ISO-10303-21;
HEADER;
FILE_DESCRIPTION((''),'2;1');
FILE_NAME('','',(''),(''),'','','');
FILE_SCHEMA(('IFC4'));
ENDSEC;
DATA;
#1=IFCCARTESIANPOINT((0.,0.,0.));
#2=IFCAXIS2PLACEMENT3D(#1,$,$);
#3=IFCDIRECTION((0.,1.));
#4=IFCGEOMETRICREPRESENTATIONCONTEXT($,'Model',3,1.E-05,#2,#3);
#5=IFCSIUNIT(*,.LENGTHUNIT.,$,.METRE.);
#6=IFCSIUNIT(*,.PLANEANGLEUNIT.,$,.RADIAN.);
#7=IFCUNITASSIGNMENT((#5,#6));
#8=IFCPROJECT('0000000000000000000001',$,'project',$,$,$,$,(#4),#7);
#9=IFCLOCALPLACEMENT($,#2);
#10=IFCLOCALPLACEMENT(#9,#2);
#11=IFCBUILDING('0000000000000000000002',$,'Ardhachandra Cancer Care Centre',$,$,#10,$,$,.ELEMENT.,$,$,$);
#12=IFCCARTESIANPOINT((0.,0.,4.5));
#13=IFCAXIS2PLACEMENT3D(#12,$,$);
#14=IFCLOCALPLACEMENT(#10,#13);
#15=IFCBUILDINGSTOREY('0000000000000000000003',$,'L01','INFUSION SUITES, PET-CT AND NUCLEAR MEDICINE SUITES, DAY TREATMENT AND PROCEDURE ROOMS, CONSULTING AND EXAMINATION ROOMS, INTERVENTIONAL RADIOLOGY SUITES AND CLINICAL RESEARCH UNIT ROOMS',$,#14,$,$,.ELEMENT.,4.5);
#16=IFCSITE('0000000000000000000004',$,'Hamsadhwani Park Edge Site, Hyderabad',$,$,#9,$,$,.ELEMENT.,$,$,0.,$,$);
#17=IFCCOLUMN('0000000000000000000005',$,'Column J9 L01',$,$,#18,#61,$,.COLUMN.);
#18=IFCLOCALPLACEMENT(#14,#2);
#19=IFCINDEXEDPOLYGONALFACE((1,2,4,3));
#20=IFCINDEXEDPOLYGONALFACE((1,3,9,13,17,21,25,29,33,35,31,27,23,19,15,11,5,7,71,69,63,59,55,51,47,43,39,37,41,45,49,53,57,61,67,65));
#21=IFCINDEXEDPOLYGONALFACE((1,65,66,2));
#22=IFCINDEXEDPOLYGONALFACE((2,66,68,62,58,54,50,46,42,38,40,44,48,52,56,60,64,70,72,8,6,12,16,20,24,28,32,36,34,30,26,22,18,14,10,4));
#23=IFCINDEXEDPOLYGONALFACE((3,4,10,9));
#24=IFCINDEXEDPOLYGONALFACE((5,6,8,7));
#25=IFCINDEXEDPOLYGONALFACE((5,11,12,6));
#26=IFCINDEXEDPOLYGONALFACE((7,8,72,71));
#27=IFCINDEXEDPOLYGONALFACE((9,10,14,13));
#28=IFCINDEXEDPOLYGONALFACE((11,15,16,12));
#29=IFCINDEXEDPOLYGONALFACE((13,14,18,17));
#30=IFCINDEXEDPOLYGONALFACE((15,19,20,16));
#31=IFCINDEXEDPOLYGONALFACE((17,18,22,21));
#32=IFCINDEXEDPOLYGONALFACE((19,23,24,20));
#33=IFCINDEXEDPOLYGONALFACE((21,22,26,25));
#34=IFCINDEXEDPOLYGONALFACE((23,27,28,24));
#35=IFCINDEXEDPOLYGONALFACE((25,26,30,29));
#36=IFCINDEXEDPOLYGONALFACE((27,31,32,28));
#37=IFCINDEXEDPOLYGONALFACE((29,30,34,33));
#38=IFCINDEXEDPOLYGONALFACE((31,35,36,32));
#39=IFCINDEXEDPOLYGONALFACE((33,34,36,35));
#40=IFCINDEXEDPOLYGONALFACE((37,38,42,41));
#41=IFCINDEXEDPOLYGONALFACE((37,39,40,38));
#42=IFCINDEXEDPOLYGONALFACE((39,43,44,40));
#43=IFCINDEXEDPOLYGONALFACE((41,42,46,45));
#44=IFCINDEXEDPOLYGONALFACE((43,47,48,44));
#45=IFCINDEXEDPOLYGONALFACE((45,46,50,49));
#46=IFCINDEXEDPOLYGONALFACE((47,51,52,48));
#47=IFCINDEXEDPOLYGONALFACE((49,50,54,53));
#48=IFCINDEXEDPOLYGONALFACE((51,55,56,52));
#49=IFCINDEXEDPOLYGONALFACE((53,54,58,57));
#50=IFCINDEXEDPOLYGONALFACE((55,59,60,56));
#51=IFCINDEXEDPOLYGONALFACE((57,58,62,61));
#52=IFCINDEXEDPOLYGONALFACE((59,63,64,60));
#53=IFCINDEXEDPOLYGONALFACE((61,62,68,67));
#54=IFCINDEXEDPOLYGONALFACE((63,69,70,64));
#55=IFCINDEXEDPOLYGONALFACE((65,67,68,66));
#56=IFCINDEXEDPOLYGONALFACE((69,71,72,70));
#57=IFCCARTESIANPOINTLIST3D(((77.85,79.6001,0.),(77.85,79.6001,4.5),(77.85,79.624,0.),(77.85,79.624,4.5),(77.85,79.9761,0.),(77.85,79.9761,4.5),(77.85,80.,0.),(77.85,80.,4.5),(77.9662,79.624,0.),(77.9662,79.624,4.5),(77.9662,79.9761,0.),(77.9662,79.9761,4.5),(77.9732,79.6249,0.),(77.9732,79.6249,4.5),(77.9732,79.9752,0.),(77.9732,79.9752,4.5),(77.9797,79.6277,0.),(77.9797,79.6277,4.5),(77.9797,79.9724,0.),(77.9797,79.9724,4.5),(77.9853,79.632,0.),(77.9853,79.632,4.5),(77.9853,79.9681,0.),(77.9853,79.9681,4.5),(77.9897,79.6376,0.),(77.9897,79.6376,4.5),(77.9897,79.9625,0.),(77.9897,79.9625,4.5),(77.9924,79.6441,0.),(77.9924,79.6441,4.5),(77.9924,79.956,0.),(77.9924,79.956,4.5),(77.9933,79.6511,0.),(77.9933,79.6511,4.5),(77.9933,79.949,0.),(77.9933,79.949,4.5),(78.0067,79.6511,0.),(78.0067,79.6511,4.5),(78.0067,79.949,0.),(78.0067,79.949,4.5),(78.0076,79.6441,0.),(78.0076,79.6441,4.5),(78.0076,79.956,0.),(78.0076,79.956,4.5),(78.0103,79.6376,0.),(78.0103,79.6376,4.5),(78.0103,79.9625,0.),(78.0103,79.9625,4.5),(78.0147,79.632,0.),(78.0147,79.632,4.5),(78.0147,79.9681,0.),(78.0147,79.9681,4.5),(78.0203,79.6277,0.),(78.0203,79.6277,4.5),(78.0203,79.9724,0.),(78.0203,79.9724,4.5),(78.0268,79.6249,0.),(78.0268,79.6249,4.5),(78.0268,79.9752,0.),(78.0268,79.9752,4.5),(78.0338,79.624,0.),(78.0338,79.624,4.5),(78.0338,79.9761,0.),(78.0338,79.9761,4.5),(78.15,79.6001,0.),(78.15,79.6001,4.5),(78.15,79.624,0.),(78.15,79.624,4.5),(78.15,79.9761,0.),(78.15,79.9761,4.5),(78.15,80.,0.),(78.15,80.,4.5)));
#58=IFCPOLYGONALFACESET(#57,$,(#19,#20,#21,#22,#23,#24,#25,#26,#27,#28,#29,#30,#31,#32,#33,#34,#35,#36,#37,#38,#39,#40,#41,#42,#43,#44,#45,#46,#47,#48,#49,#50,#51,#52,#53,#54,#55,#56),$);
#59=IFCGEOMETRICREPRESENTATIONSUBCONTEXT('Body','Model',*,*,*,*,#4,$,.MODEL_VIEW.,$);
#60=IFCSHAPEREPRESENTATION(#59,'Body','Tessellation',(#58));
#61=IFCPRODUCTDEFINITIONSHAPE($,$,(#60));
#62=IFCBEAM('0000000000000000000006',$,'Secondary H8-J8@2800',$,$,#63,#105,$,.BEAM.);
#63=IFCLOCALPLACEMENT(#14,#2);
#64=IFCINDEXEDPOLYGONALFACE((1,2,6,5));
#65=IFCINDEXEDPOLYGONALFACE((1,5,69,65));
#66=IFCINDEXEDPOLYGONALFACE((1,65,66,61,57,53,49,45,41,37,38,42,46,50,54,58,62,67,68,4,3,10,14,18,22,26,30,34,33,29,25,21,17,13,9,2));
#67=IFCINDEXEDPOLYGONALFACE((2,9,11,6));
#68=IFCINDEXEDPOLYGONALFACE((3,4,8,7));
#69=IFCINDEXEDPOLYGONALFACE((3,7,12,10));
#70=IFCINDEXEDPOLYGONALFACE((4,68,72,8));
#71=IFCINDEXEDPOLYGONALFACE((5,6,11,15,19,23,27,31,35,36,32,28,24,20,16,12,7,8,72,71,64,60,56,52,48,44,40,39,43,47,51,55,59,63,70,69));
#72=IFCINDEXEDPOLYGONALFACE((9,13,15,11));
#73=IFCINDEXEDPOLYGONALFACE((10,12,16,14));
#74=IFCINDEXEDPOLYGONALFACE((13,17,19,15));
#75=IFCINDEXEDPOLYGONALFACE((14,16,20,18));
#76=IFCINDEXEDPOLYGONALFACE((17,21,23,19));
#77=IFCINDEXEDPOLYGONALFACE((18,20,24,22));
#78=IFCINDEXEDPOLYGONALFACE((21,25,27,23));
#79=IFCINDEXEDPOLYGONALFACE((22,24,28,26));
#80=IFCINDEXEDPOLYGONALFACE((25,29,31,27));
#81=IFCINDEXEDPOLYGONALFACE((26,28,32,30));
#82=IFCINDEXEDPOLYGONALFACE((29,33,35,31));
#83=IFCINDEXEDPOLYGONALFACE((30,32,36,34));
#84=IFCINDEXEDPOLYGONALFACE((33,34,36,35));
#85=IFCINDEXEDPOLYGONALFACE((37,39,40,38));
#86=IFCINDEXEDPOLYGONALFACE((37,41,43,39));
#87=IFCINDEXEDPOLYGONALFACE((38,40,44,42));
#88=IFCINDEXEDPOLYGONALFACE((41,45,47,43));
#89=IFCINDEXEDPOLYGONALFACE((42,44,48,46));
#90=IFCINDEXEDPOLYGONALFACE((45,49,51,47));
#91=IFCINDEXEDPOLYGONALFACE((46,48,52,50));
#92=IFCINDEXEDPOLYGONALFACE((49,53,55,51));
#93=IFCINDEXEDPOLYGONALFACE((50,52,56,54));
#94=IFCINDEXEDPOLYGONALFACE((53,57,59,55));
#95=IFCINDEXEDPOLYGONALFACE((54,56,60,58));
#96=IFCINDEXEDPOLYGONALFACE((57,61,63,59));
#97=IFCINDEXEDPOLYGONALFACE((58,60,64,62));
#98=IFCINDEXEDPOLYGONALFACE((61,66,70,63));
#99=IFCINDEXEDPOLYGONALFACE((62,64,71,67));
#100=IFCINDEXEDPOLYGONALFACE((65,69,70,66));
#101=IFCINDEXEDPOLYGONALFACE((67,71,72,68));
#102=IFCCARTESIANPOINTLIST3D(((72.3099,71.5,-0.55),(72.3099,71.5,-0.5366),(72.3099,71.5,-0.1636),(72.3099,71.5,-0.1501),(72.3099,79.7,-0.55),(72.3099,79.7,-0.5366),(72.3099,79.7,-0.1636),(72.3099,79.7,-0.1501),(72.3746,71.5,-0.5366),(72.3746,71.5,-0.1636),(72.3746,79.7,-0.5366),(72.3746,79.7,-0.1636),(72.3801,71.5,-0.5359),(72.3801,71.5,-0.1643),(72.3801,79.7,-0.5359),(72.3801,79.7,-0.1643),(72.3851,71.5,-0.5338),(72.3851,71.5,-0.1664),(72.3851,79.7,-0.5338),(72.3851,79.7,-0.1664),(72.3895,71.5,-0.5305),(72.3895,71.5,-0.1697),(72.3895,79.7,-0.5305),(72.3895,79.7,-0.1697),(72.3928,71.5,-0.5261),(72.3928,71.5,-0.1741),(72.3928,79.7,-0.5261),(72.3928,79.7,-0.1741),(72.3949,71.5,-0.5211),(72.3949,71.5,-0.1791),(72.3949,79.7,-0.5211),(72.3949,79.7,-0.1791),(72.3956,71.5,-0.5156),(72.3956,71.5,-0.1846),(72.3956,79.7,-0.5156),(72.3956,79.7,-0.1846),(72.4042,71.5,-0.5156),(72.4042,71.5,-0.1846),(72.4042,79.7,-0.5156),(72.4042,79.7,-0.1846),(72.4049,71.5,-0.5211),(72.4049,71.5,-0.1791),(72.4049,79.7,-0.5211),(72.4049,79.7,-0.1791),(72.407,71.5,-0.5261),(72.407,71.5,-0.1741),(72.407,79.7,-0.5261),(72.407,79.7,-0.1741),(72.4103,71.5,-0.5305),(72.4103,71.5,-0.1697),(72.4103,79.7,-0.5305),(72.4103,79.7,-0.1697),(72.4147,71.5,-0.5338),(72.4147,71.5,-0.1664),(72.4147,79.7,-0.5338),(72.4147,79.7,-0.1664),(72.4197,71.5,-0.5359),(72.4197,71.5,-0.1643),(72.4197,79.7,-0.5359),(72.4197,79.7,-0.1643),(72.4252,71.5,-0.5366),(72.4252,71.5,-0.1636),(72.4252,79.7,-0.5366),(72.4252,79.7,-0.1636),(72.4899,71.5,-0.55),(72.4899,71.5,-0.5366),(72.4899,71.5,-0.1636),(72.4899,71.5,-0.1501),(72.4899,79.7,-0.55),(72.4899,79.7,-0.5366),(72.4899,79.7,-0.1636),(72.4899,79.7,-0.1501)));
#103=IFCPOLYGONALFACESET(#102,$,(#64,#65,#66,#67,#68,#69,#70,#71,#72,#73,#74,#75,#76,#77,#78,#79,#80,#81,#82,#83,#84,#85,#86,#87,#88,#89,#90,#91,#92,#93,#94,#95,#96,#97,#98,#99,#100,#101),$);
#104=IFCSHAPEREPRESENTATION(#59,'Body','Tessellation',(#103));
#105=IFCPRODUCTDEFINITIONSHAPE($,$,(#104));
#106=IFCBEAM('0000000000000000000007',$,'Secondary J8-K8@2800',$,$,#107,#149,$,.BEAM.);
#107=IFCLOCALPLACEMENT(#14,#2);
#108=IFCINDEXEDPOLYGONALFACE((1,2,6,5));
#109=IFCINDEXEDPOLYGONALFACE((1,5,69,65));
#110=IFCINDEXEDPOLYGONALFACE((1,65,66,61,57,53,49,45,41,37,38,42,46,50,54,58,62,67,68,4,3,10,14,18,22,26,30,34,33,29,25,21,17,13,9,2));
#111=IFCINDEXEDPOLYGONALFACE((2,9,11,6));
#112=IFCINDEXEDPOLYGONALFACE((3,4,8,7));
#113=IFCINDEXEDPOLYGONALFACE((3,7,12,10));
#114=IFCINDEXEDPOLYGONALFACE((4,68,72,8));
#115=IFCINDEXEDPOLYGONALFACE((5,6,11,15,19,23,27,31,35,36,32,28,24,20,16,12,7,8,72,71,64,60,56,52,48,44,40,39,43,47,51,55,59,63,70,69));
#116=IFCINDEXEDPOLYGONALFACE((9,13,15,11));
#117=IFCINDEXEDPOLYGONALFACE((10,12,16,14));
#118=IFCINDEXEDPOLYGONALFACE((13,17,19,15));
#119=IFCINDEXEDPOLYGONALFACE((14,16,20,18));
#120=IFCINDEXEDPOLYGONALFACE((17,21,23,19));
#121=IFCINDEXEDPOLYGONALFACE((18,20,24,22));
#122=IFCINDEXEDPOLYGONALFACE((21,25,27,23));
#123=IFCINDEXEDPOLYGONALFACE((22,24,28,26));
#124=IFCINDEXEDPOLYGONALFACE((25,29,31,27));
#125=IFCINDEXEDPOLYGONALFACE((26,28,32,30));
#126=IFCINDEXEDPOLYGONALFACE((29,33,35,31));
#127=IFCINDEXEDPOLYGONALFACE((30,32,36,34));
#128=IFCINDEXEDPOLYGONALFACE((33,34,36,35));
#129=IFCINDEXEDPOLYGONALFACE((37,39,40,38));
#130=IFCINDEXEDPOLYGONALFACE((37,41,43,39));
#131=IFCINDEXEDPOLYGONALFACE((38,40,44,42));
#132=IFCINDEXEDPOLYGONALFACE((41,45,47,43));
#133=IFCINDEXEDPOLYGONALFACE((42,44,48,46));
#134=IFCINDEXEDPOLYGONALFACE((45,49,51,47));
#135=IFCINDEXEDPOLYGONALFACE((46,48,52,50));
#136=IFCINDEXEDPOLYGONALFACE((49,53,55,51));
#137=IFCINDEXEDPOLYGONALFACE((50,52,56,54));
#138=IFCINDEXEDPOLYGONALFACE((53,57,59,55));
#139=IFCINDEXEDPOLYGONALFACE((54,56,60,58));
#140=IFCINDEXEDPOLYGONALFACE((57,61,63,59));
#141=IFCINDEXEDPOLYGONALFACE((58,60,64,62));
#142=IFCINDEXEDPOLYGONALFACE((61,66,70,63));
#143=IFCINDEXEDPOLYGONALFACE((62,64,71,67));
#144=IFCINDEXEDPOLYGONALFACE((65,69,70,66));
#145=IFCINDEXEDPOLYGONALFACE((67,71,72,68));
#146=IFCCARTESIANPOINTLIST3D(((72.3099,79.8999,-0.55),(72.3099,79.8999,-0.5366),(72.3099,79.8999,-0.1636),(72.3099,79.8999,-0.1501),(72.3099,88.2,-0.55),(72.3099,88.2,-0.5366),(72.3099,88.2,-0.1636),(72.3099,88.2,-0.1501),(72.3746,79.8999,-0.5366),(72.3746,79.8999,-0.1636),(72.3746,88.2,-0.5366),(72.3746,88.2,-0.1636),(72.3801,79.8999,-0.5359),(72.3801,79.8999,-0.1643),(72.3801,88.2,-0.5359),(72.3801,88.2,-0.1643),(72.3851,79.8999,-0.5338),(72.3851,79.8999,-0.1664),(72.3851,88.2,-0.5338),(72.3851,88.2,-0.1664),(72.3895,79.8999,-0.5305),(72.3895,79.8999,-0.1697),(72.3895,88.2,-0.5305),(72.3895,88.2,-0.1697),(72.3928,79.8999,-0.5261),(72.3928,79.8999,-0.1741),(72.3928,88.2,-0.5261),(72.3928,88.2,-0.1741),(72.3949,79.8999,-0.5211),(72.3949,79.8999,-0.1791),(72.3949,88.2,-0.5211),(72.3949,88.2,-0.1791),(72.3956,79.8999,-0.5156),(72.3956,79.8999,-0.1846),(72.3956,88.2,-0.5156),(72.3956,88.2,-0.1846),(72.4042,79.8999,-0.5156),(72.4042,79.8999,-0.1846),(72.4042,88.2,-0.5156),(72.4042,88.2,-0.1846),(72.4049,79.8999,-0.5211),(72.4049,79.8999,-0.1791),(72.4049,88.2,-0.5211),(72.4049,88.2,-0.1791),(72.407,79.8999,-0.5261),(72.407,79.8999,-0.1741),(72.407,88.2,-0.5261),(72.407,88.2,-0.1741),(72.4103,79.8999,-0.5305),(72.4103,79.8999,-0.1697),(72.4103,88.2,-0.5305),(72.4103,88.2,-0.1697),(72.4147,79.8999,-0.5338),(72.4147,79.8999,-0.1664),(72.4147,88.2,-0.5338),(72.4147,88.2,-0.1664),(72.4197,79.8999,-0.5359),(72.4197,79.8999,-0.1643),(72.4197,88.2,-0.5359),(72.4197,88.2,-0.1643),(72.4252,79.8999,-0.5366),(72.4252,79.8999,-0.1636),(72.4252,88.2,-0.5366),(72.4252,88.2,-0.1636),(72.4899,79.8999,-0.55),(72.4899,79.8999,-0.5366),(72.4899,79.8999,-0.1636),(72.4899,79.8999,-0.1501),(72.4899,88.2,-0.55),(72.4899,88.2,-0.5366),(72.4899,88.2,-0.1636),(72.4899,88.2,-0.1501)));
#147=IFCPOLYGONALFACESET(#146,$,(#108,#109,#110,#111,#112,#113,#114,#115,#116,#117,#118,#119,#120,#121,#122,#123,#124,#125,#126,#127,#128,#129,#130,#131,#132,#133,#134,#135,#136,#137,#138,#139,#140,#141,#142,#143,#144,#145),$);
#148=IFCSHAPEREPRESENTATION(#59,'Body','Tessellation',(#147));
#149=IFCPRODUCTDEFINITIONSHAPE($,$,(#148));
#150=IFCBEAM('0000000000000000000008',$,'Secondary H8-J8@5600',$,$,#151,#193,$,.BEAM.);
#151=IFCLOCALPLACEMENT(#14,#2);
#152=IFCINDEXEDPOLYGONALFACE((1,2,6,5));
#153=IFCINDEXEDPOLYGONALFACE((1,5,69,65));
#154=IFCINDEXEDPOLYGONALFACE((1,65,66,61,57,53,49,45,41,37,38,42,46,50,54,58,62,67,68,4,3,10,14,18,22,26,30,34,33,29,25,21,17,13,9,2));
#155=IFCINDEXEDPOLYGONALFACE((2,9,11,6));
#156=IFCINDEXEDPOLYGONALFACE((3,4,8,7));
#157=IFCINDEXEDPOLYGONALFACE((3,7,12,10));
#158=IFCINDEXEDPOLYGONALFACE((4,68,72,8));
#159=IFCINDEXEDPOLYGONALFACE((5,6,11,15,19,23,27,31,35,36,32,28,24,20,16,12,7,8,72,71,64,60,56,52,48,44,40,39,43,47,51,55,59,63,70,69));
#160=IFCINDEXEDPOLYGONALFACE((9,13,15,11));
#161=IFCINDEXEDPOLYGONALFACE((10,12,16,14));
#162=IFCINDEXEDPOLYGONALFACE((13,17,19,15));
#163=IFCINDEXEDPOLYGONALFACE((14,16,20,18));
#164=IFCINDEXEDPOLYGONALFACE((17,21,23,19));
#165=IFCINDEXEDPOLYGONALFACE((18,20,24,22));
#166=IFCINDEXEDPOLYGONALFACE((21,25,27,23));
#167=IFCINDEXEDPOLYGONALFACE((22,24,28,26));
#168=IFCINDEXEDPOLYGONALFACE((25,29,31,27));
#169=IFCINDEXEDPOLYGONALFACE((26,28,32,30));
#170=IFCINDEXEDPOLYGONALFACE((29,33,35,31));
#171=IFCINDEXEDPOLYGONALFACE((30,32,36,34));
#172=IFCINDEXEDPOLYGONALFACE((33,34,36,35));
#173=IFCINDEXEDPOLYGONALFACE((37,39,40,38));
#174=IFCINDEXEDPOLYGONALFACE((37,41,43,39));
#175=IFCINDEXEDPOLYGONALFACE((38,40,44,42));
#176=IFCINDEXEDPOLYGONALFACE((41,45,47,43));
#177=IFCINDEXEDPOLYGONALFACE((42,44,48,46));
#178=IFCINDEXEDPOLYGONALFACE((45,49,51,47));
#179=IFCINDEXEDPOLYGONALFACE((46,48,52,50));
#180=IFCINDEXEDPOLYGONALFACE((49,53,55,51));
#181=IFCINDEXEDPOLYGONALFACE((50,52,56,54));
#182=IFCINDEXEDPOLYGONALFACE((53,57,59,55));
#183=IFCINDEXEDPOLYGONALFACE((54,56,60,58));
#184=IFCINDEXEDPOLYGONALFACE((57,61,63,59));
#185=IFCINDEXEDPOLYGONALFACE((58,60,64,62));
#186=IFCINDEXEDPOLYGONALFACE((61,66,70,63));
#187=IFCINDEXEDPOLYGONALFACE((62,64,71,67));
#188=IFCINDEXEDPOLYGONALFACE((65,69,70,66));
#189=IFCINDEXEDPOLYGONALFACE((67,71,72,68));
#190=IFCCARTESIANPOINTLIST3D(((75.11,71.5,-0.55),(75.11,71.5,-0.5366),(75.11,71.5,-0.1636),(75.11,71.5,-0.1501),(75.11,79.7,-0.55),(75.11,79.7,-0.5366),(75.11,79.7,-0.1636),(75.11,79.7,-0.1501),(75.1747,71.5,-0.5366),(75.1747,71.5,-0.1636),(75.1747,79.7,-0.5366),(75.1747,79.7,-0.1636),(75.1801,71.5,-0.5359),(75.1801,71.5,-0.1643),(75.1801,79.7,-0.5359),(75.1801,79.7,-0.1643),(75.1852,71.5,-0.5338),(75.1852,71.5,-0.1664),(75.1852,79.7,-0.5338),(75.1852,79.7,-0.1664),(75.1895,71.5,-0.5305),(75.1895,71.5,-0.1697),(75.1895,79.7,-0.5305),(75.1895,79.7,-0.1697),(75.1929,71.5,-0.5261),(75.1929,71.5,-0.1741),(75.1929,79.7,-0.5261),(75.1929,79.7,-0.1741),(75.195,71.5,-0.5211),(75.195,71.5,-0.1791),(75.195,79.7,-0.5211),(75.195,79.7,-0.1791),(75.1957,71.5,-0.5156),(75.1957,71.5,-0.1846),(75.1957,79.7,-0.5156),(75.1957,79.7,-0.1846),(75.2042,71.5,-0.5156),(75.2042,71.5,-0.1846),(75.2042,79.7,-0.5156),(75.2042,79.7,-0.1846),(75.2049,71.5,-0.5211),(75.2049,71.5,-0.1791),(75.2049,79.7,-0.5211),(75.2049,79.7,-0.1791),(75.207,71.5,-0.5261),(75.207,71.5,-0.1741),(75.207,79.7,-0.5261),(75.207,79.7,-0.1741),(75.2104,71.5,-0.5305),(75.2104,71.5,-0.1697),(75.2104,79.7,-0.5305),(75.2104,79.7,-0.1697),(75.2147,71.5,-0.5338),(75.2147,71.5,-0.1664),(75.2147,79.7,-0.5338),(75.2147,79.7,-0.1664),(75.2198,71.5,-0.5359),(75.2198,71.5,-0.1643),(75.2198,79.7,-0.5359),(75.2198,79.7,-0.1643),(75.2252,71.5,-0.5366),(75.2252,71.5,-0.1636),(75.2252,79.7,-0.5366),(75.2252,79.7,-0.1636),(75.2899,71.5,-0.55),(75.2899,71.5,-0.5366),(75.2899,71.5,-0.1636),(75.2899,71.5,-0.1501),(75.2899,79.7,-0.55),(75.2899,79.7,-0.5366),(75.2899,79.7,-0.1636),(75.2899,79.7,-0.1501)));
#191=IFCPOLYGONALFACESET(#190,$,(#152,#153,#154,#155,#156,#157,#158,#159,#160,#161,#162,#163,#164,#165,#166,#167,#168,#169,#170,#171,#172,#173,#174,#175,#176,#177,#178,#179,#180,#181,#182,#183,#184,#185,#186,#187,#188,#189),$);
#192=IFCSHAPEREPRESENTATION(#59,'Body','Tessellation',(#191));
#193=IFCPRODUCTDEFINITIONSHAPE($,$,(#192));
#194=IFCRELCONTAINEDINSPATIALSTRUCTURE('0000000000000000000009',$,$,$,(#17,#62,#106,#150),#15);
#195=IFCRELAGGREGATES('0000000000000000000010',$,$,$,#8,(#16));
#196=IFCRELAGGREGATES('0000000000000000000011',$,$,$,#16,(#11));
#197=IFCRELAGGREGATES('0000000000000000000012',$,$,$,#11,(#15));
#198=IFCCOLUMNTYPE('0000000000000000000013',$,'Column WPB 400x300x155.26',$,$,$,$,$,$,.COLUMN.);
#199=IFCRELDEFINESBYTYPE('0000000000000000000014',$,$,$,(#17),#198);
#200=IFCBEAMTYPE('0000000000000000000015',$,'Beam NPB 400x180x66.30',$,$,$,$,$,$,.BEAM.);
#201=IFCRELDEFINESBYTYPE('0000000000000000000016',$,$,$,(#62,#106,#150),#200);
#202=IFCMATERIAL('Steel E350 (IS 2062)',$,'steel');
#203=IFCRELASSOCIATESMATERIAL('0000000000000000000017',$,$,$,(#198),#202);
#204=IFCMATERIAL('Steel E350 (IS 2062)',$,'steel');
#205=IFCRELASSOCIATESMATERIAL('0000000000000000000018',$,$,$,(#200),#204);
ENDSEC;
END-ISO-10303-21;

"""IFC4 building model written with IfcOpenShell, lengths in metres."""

from ifc_helpers import new_model, si_unit, direction, frame, origin, origin_2d, place, context, subcontext, project, spatial, i_section, extrude, material, material_profile, profile_set, type_object, element, save


model = new_model("IFC4")

# Units and contexts
model_context = context("Model", 3, precision=1e-05, world=origin(), true_north=direction((0.0, 1.0)))
body_context = subcontext(model_context, "Body", "Model", "MODEL_VIEW")
ifc_project = project(units=[si_unit("LENGTHUNIT", "METRE"), si_unit("PLANEANGLEUNIT", "RADIAN")], contexts=[model_context])

# Site, building, storey
site_placement = place(None, origin())
site = spatial("IfcSite", under=ifc_project, at=site_placement, Name="Hamsadhwani Park Edge Site, Hyderabad", CompositionType="ELEMENT", RefElevation=0.0)
building_placement = place(site_placement, origin())
building = spatial("IfcBuilding", under=site, at=building_placement, Name="Ardhachandra Cancer Care Centre", CompositionType="ELEMENT")
storey_placement = place(building_placement, frame((0.0, 0.0, 4.5)))
storey = spatial("IfcBuildingStorey", under=building, at=storey_placement, Name="L01", Description="INFUSION SUITES, PET-CT AND NUCLEAR MEDICINE SUITES, DAY TREATMENT AND PROCEDURE ROOMS, CONSULTING AND EXAMINATION ROOMS, INTERVENTIONAL RADIOLOGY SUITES AND CLINICAL RESEARCH UNIT ROOMS", CompositionType="ELEMENT", Elevation=4.5)

# Column
ifc_material_1 = material(Name="Steel E350 (IS 2062)", Category="steel")
ifc_material_profile_1 = material_profile(ifc_material_1, i_section(OverallWidth=0.3, OverallDepth=0.3999, WebThickness=0.0134, FlangeThickness=0.0239, FilletRadius=0.0271, at=origin_2d()), Name="WPB 400x300x155.26")
ifc_profile_set_1 = profile_set([ifc_material_profile_1], Name="Steel E350 (IS 2062)")
column_type = type_object("IfcColumnType", Name="Column WPB 400x300x155.26", PredefinedType="COLUMN", material=ifc_profile_set_1)
column_placement = place(storey_placement, frame((78.0, 79.8, 0.0), z_axis=(0.0, 0.0, 1.0), x_axis=(1.0, 0.0, 0.0)))
element("IfcColumn", 1, at=column_placement, inside=storey, type_object=column_type, Name="Column J9 L01", PredefinedType="COLUMN", context=body_context, shape_type="SweptSolid", body=[
    extrude(i_section(OverallWidth=0.3, OverallDepth=0.3999, WebThickness=0.0134, FlangeThickness=0.0239, FilletRadius=0.0271, at=origin_2d()), origin(), (0.0, 0.0, 1.0), 4.5),
])

# Beams
ifc_material_2 = material(Name="Steel E350 (IS 2062)", Category="steel")
ifc_material_profile_2 = material_profile(ifc_material_2, i_section(OverallWidth=0.1799, OverallDepth=0.3999, WebThickness=0.0085, FlangeThickness=0.0134, FilletRadius=0.021, at=origin_2d()), Name="NPB 400x180x66.30")
ifc_profile_set_2 = profile_set([ifc_material_profile_2], Name="Steel E350 (IS 2062)")
beam_type_1 = type_object("IfcBeamType", Name="Beam NPB 400x180x66.30", PredefinedType="BEAM", material=ifc_profile_set_2)
beam_1_placement = place(storey_placement, frame((72.3999, 71.5, -0.3501), z_axis=(0.0, 1.0, 0.0), x_axis=(-1.0, 0.0, 0.0)))
element("IfcBeam", 2, at=beam_1_placement, inside=storey, type_object=beam_type_1, Name="Secondary H8-J8@2800", PredefinedType="BEAM", context=body_context, shape_type="SweptSolid", body=[
    extrude(i_section(OverallWidth=0.1799, OverallDepth=0.3999, WebThickness=0.0085, FlangeThickness=0.0134, FilletRadius=0.021, at=origin_2d()), origin(), (0.0, 0.0, 1.0), 8.2),
])
beam_2_placement = place(storey_placement, frame((72.3999, 79.8999, -0.3501), z_axis=(0.0, 1.0, 0.0), x_axis=(-1.0, 0.0, 0.0)))
element("IfcBeam", 3, at=beam_2_placement, inside=storey, type_object=beam_type_1, Name="Secondary J8-K8@2800", PredefinedType="BEAM", context=body_context, shape_type="SweptSolid", body=[
    extrude(i_section(OverallWidth=0.1799, OverallDepth=0.3999, WebThickness=0.0085, FlangeThickness=0.0134, FilletRadius=0.021, at=origin_2d()), origin(), (0.0, 0.0, 1.0), 8.3),
])
beam_3_placement = place(storey_placement, frame((75.2, 71.5, -0.3501), z_axis=(0.0, 1.0, 0.0), x_axis=(-1.0, 0.0, 0.0)))
element("IfcBeam", 4, at=beam_3_placement, inside=storey, type_object=beam_type_1, Name="Secondary H8-J8@5600", PredefinedType="BEAM", context=body_context, shape_type="SweptSolid", body=[
    extrude(i_section(OverallWidth=0.1799, OverallDepth=0.3999, WebThickness=0.0085, FlangeThickness=0.0134, FilletRadius=0.021, at=origin_2d()), origin(), (0.0, 0.0, 1.0), 8.2),
])

save(model, "model.ifc")
